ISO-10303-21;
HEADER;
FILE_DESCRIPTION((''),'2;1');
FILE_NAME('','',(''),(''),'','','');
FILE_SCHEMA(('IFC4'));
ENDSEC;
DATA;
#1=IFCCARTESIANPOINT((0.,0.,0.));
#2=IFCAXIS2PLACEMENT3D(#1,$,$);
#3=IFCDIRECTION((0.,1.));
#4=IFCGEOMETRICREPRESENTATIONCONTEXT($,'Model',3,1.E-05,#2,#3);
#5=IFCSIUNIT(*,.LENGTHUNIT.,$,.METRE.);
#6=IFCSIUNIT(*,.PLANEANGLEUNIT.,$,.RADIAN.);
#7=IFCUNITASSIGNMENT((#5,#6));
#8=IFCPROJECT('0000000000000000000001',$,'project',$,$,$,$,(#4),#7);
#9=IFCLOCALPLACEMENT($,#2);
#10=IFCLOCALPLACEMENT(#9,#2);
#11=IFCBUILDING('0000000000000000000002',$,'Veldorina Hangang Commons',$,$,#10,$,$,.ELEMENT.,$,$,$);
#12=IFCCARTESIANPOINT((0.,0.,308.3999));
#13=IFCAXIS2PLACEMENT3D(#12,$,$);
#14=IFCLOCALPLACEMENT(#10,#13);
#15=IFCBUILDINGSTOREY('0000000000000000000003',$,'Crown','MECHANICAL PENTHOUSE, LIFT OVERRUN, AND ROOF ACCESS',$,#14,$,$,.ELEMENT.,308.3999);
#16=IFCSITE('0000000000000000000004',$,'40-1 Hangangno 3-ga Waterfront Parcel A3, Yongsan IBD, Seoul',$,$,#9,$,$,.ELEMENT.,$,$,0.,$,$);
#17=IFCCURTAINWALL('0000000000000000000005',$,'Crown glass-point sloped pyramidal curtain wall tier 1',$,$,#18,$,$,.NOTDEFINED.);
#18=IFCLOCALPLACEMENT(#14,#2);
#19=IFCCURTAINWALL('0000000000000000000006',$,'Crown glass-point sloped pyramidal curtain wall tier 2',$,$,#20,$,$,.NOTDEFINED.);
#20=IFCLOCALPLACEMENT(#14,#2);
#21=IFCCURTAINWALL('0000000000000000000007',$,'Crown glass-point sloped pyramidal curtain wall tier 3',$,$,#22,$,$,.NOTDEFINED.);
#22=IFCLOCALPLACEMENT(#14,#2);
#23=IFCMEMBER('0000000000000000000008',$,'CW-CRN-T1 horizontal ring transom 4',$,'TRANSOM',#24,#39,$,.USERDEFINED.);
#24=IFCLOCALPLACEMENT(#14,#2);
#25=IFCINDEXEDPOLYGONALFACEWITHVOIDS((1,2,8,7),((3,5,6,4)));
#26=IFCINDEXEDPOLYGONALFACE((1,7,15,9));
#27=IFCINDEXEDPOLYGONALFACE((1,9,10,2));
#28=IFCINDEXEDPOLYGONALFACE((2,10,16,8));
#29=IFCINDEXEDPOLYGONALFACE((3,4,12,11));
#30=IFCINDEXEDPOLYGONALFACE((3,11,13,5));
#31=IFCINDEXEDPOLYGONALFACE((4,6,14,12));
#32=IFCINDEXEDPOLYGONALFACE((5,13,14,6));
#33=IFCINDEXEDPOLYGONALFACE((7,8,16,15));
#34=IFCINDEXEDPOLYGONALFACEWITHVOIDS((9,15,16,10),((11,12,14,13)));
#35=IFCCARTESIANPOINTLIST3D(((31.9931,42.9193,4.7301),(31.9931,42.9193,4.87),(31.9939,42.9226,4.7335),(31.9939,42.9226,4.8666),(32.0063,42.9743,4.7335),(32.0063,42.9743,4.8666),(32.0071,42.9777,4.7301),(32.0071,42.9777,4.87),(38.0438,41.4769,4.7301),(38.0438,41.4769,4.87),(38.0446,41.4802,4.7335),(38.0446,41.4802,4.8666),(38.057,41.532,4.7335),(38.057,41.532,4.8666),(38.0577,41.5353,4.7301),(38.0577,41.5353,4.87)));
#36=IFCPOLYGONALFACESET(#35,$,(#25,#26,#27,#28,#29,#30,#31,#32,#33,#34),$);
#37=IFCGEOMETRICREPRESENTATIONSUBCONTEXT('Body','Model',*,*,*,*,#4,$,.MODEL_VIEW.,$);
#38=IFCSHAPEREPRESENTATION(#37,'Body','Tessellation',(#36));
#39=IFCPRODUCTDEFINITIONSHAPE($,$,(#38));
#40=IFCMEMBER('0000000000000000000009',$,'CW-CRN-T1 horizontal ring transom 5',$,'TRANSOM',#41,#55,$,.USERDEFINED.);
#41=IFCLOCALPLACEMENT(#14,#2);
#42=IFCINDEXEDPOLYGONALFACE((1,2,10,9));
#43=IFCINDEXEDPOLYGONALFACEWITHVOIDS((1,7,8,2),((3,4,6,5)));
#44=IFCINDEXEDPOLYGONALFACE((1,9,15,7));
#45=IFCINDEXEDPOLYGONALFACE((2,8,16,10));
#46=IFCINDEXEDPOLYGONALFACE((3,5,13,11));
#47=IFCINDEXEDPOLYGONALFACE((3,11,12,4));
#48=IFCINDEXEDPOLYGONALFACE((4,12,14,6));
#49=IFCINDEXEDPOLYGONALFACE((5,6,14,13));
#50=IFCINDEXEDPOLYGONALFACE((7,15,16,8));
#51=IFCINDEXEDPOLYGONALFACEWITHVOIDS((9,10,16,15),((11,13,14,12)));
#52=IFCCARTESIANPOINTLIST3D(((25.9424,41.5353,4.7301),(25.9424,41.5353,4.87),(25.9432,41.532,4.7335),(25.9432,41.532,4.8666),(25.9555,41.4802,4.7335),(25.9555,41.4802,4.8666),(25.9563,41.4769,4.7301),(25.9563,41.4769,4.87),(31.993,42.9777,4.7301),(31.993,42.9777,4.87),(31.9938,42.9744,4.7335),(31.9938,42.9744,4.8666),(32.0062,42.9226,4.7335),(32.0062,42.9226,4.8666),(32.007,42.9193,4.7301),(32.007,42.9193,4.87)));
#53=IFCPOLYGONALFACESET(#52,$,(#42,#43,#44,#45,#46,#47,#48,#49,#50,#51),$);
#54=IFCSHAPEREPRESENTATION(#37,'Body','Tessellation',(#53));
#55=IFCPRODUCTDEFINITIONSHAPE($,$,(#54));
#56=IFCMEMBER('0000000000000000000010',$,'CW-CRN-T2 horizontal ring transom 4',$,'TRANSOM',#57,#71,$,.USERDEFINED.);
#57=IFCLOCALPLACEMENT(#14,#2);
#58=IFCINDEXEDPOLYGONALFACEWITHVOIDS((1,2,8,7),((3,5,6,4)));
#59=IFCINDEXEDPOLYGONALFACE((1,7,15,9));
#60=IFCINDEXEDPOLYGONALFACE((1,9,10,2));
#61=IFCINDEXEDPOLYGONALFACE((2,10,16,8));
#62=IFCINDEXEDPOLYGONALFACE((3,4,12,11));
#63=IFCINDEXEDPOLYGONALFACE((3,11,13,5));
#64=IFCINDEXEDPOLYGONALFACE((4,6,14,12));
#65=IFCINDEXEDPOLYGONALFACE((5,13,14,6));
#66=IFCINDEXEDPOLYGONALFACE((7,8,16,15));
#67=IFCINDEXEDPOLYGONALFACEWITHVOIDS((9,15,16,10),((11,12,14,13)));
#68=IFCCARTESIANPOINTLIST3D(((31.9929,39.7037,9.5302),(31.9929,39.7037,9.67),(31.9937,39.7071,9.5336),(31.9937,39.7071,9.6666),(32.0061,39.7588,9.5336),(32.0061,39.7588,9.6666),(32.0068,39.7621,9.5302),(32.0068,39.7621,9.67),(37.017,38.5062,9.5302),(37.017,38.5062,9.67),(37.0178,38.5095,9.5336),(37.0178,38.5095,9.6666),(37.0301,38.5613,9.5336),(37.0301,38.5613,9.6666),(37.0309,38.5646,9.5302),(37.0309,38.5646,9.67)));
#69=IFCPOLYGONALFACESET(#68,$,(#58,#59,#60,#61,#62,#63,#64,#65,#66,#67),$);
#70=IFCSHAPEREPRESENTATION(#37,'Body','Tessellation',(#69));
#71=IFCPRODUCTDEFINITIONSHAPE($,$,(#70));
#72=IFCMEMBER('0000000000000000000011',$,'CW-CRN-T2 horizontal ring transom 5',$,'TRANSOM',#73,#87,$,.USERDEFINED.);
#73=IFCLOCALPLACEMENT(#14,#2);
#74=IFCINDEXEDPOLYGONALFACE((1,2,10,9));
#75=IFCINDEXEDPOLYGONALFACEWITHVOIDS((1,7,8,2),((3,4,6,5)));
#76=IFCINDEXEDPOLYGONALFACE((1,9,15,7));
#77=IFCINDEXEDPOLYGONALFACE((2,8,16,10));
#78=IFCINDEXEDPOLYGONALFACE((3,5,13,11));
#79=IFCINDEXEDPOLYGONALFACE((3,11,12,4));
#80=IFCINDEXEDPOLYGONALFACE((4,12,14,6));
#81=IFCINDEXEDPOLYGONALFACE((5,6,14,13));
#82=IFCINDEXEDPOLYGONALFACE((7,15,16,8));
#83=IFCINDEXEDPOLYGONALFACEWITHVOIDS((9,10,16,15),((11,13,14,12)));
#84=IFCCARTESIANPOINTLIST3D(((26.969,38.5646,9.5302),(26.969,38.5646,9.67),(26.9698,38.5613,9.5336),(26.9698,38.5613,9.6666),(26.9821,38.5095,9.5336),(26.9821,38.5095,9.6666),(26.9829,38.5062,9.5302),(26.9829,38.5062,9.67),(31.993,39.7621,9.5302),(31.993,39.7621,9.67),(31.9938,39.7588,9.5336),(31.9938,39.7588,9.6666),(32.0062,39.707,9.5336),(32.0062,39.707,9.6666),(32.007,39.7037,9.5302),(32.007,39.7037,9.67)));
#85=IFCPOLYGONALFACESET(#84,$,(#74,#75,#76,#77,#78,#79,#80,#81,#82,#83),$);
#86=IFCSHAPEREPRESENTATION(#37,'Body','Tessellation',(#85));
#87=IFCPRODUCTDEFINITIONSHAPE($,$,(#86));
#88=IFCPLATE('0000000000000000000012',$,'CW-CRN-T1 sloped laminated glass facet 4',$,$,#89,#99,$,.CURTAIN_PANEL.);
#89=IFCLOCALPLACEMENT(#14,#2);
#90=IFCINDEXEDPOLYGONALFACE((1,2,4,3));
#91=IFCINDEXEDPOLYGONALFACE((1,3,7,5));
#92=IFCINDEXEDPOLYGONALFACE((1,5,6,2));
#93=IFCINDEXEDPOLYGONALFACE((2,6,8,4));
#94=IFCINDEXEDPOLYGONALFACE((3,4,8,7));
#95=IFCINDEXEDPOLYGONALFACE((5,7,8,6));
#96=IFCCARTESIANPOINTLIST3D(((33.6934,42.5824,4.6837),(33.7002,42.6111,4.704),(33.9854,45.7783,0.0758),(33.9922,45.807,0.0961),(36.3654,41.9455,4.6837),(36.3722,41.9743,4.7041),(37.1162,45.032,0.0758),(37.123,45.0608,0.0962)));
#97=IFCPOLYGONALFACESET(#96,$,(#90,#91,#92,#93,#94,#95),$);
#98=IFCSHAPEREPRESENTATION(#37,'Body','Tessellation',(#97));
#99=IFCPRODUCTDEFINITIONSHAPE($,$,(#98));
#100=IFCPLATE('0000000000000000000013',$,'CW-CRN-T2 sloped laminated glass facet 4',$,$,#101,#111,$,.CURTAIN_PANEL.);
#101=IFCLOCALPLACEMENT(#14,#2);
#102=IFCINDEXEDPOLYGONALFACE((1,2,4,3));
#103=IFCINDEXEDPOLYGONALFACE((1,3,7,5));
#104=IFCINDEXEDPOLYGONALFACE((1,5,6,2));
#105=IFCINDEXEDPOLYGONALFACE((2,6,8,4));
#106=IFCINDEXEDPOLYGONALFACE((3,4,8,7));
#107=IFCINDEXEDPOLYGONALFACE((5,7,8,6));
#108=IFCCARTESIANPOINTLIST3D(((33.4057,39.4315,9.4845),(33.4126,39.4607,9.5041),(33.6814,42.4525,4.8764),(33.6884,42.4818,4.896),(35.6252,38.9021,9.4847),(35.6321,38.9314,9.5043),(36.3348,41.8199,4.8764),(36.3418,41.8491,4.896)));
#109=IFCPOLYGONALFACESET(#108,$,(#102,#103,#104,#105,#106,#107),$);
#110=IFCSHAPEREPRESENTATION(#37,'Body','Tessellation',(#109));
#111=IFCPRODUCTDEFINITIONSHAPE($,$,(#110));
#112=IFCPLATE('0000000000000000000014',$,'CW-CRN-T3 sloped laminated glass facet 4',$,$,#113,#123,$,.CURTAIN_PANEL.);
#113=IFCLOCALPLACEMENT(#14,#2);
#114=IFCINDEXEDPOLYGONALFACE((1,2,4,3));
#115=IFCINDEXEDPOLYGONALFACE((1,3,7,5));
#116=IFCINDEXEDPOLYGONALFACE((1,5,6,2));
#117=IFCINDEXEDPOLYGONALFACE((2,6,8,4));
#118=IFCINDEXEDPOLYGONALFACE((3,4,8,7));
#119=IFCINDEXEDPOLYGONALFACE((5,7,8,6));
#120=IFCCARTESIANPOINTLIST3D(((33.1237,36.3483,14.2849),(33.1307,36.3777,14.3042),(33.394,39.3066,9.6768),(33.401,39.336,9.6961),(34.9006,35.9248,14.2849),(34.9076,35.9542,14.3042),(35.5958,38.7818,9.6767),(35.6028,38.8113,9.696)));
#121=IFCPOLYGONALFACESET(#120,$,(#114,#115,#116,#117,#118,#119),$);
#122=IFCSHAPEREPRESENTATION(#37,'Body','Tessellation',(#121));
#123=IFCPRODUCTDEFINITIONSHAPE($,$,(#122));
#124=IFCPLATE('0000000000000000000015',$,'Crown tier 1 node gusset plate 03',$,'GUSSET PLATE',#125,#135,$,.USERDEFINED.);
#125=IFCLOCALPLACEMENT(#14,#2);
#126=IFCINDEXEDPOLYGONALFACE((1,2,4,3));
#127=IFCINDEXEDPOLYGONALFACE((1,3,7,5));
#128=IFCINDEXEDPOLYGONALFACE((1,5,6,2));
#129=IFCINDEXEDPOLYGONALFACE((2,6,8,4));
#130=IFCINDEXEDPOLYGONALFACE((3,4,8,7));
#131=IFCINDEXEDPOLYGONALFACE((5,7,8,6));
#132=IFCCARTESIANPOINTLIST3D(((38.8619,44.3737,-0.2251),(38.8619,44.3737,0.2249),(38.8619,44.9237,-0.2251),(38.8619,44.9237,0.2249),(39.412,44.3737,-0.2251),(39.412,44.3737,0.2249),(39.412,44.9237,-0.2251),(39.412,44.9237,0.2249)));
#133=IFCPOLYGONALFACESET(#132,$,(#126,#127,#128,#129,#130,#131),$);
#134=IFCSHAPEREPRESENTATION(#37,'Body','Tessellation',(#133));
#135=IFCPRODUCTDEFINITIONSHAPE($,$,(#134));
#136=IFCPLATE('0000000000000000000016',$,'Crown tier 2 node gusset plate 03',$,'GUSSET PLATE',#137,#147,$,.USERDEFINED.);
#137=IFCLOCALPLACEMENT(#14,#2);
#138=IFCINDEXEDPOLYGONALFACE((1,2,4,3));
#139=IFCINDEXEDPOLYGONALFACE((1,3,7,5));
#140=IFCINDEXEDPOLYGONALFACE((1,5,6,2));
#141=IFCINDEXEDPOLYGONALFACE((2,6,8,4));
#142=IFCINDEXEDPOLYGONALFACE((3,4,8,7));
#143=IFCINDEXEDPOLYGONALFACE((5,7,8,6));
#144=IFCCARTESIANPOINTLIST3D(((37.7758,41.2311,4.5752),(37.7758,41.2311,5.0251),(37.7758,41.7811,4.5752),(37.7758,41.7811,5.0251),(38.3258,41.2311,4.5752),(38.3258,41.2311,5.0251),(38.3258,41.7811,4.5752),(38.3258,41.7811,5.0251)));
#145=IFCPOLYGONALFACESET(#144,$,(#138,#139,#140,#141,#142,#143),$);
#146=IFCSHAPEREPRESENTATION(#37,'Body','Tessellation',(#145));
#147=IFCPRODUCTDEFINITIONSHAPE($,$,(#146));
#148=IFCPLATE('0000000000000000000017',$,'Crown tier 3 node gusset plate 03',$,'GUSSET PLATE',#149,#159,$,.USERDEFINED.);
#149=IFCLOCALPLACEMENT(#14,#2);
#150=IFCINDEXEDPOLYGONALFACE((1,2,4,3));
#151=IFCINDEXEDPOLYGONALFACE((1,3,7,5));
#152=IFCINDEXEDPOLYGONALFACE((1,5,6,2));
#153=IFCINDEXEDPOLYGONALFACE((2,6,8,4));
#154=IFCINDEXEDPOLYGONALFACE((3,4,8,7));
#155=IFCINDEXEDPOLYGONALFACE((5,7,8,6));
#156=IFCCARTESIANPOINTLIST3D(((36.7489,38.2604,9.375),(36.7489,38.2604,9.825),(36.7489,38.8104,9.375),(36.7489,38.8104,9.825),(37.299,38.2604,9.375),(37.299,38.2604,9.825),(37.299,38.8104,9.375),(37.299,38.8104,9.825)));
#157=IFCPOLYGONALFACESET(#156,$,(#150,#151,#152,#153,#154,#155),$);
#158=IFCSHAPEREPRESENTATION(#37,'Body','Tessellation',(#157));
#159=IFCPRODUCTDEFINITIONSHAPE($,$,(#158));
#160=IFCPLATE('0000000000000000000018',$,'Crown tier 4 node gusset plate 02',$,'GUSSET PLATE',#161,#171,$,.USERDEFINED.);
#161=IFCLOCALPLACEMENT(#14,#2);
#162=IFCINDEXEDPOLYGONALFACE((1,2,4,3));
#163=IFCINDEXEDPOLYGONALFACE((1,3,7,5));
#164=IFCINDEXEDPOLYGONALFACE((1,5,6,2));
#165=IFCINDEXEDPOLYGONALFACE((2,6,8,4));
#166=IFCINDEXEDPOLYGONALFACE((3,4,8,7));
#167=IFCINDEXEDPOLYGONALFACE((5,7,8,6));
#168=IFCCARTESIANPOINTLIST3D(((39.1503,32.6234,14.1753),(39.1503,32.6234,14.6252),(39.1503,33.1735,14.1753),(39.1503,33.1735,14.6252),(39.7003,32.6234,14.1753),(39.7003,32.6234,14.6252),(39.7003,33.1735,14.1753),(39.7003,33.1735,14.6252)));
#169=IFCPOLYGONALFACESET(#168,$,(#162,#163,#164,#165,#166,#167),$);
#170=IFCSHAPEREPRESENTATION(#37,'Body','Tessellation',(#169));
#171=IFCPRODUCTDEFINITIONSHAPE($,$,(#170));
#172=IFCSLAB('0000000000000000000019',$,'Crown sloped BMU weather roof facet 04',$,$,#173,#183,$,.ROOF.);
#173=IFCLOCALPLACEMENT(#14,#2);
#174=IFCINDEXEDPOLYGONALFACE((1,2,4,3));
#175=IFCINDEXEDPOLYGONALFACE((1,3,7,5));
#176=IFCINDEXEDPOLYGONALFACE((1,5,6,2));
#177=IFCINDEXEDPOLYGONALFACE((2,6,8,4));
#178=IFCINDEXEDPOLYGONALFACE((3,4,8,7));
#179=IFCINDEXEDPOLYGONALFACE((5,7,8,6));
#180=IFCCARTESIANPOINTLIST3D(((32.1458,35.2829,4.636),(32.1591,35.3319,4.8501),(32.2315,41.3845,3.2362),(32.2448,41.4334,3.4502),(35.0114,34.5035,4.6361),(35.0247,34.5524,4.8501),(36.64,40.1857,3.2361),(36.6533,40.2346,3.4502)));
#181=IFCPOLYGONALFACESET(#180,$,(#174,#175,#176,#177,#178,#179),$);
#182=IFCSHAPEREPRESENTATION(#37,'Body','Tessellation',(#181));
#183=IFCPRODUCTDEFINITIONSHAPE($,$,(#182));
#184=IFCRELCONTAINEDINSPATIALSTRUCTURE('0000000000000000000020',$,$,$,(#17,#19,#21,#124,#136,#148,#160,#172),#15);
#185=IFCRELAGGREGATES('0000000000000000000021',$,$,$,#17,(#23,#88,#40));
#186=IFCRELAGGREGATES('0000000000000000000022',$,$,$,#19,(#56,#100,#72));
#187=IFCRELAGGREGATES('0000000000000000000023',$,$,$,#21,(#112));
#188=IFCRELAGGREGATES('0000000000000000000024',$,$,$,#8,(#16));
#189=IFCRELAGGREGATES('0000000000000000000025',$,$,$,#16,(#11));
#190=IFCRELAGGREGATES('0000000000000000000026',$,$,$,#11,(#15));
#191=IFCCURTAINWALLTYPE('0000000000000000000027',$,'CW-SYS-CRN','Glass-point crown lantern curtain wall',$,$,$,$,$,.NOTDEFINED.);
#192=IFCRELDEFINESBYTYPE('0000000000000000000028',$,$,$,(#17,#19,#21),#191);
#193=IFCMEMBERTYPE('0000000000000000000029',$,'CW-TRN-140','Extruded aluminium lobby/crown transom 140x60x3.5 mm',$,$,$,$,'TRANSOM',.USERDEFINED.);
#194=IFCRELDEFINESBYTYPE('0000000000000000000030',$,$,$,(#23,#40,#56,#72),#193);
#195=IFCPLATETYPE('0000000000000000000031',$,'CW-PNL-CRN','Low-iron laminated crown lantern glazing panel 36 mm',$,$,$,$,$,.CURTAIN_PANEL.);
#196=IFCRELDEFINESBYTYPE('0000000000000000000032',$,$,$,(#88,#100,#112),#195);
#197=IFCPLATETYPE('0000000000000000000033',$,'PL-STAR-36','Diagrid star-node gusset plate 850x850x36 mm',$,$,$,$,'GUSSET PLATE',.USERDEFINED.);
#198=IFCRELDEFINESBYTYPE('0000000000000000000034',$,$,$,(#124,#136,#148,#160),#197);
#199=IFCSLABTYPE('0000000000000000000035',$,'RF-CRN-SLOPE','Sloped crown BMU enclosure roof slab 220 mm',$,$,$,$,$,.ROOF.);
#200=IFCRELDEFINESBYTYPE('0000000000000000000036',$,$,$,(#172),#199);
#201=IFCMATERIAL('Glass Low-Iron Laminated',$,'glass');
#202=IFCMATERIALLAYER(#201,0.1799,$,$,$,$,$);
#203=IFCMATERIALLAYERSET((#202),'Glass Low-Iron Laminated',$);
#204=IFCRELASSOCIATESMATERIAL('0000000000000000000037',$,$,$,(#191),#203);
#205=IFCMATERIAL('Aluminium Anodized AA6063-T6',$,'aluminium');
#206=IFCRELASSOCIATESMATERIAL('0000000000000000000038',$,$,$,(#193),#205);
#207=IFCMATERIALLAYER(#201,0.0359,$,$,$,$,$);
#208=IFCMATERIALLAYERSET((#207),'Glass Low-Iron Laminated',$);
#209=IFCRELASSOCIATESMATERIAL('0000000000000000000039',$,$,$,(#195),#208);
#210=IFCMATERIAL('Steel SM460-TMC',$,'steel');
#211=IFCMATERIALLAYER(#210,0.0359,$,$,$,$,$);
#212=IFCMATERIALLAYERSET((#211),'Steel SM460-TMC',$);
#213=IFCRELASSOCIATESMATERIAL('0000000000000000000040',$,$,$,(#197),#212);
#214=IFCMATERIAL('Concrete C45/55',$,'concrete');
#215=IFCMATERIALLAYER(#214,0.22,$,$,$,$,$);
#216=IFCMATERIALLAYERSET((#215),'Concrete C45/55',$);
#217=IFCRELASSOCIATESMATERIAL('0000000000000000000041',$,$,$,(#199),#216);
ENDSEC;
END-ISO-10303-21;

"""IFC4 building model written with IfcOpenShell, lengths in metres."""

from ifc_helpers import new_model, si_unit, direction, frame, origin, origin_2d, place, context, subcontext, project, spatial, polyline, rectangle, hollow_rectangle, outline, extrude, material, layer, layer_set, material_profile, profile_set, type_object, element, aggregate, save


model = new_model("IFC4")

# Units and contexts
model_context = context("Model", 3, precision=1e-05, world=origin(), true_north=direction((0.0, 1.0)))
body_context = subcontext(model_context, "Body", "Model", "MODEL_VIEW")
ifc_project = project(units=[si_unit("LENGTHUNIT", "METRE"), si_unit("PLANEANGLEUNIT", "RADIAN")], contexts=[model_context])

# Site, building, storey
site_placement = place(None, origin())
site = spatial("IfcSite", under=ifc_project, at=site_placement, Name="40-1 Hangangno 3-ga Waterfront Parcel A3, Yongsan IBD, Seoul", CompositionType="ELEMENT", RefElevation=0.0)
building_placement = place(site_placement, origin())
building = spatial("IfcBuilding", under=site, at=building_placement, Name="Veldorina Hangang Commons", CompositionType="ELEMENT")
storey_placement = place(building_placement, frame((0.0, 0.0, 308.3999)))
storey = spatial("IfcBuildingStorey", under=building, at=storey_placement, Name="Crown", Description="MECHANICAL PENTHOUSE, LIFT OVERRUN, AND ROOF ACCESS", CompositionType="ELEMENT", Elevation=308.3999)

# Shared definitions
ifc_material_1 = material(Name="Steel SM460-TMC", Category="steel")

# Curtain walls
ifc_material_2 = material(Name="Glass Low-Iron Laminated", Category="glass")
ifc_layer_1 = layer(ifc_material_2, 0.1799)
ifc_layer_set_1 = layer_set([ifc_layer_1], Name="Glass Low-Iron Laminated")
curtain_wall_type = type_object("IfcCurtainWallType", Name="CW-SYS-CRN", Description="Glass-point crown lantern curtain wall", PredefinedType="NOTDEFINED", material=ifc_layer_set_1)
curtain_wall_1_placement = place(storey_placement, origin())
curtain_wall_1 = element("IfcCurtainWall", 1, at=curtain_wall_1_placement, inside=storey, type_object=curtain_wall_type, Name="Crown glass-point sloped pyramidal curtain wall tier 1", PredefinedType="NOTDEFINED")
ifc_material_3 = material(Name="Aluminium Anodized AA6063-T6", Category="aluminium")
curtain_wall_2_placement = place(storey_placement, origin())
curtain_wall_2 = element("IfcCurtainWall", 2, at=curtain_wall_2_placement, inside=storey, type_object=curtain_wall_type, Name="Crown glass-point sloped pyramidal curtain wall tier 2", PredefinedType="NOTDEFINED")

# Curtain wall
curtain_wall_3_placement = place(storey_placement, origin())
curtain_wall_3 = element("IfcCurtainWall", 3, at=curtain_wall_3_placement, inside=storey, type_object=curtain_wall_type, Name="Crown glass-point sloped pyramidal curtain wall tier 3", PredefinedType="NOTDEFINED")

# Members
ifc_material_profile_1 = material_profile(ifc_material_3, hollow_rectangle(XDim=0.0601, YDim=0.1399, WallThickness=0.0034, at=origin_2d()), Name="ALU-RHS-140x60x3.5")
ifc_profile_set_1 = profile_set([ifc_material_profile_1], Name="Aluminium Anodized AA6063-T6")
member_type_1 = type_object("IfcMemberType", Name="CW-TRN-140", Description="Extruded aluminium lobby/crown transom 140x60x3.5 mm", ElementType="TRANSOM", PredefinedType="USERDEFINED", material=ifc_profile_set_1)
member_1_placement = place(storey_placement, frame((38.0508, 41.5061, 4.8), z_axis=(-0.972744, 0.231882, 0.0), x_axis=(-0.231882, -0.972744, 0.0)))
member_1 = element("IfcMember", 4, at=member_1_placement, type_object=member_type_1, Name="CW-CRN-T1 horizontal ring transom 4", ObjectType="TRANSOM", PredefinedType="USERDEFINED", context=body_context, shape_type="SweptSolid", body=[
    extrude(hollow_rectangle(XDim=0.0601, YDim=0.1399, WallThickness=0.0034, at=origin_2d()), origin(), (0.0, 0.0, 1.0), 6.2202),
])
member_2_placement = place(storey_placement, frame((32.0, 42.9485, 4.8), z_axis=(-0.972744, -0.231882, 0.0), x_axis=(0.231882, -0.972744, 0.0)))
member_2 = element("IfcMember", 5, at=member_2_placement, type_object=member_type_1, Name="CW-CRN-T1 horizontal ring transom 5", ObjectType="TRANSOM", PredefinedType="USERDEFINED", context=body_context, shape_type="SweptSolid", body=[
    extrude(hollow_rectangle(XDim=0.0601, YDim=0.1399, WallThickness=0.0034, at=origin_2d()), origin(), (0.0, 0.0, 1.0), 6.2202),
])
member_3_placement = place(storey_placement, frame((37.0239, 38.5354, 9.6001), z_axis=(-0.972748, 0.231865, 0.0), x_axis=(-0.231865, -0.972748, 0.0)))
member_3 = element("IfcMember", 6, at=member_3_placement, type_object=member_type_1, Name="CW-CRN-T2 horizontal ring transom 4", ObjectType="TRANSOM", PredefinedType="USERDEFINED", context=body_context, shape_type="SweptSolid", body=[
    extrude(hollow_rectangle(XDim=0.0601, YDim=0.1399, WallThickness=0.0034, at=origin_2d()), origin(), (0.0, 0.0, 1.0), 5.1648),
])
member_4_placement = place(storey_placement, frame((32.0, 39.7329, 9.6001), z_axis=(-0.972748, -0.231865, 0.0), x_axis=(0.231865, -0.972748, 0.0)))
member_4 = element("IfcMember", 7, at=member_4_placement, type_object=member_type_1, Name="CW-CRN-T2 horizontal ring transom 5", ObjectType="TRANSOM", PredefinedType="USERDEFINED", context=body_context, shape_type="SweptSolid", body=[
    extrude(hollow_rectangle(XDim=0.0601, YDim=0.1399, WallThickness=0.0034, at=origin_2d()), origin(), (0.0, 0.0, 1.0), 5.1648),
])

# Plates
ifc_layer_2 = layer(ifc_material_2, 0.0359)
ifc_layer_set_2 = layer_set([ifc_layer_2], Name="Glass Low-Iron Laminated")
plate_type_1 = type_object("IfcPlateType", Name="CW-PNL-CRN", Description="Low-iron laminated crown lantern glazing panel 36 mm", PredefinedType="CURTAIN_PANEL", material=ifc_layer_set_2)
plate_1_placement = place(storey_placement, frame((37.123, 45.0608, 0.0962), z_axis=(0.190881, 0.800893, 0.56757), x_axis=(-0.97275, 0.231855, -0.00002)))
plate_1 = element("IfcPlate", 8, at=plate_1_placement, type_object=plate_type_1, Name="CW-CRN-T1 sloped laminated glass facet 4", PredefinedType="CURTAIN_PANEL", context=body_context, shape_type="SweptSolid", body=[
    extrude(outline(polyline([(0.0, 0.0), (3.2185, 0.0), (2.7615, 5.5967), (0.0146, 5.5967), (0.0, 0.0)])), origin(), (0.0, 0.0, -1.0), 0.0359),
])
aggregate(curtain_wall_1, [member_1, plate_1, member_2])
plate_2_placement = place(storey_placement, frame((36.3418, 41.8491, 4.896), z_axis=(0.194323, 0.814983, 0.545932), x_axis=(-0.972733, 0.231928, 0.000014)))
plate_2 = element("IfcPlate", 9, at=plate_2_placement, type_object=plate_type_1, Name="CW-CRN-T2 sloped laminated glass facet 4", PredefinedType="CURTAIN_PANEL", context=body_context, shape_type="SweptSolid", body=[
    extrude(outline(polyline([(0.0, 0.0), (2.7278, 0.0), (2.2954, 5.5), (0.0137, 5.5002), (0.0, 0.0)])), origin(), (0.0, 0.0, -1.0), 0.0359),
])
aggregate(curtain_wall_2, [member_3, plate_2, member_4])
plate_3_placement = place(storey_placement, frame((35.6028, 38.8113, 9.696), z_axis=(0.195447, 0.820034, 0.537908), x_axis=(-0.972755, 0.231836, 0.000017)))
plate_3 = element("IfcPlate", 10, at=plate_3_placement, type_object=plate_type_1, Name="CW-CRN-T3 sloped laminated glass facet 4", PredefinedType="CURTAIN_PANEL", context=body_context, shape_type="SweptSolid", body=[
    extrude(outline(polyline([(0.0, 0.0), (2.2634, 0.0), (1.8406, 5.4663), (0.0139, 5.4663), (0.0, 0.0)])), origin(), (0.0, 0.0, -1.0), 0.0359),
])
aggregate(curtain_wall_3, [plate_3])

# Plates
ifc_layer_3 = layer(ifc_material_1, 0.0359)
ifc_layer_set_3 = layer_set([ifc_layer_3], Name="Steel SM460-TMC")
plate_type_2 = type_object("IfcPlateType", Name="PL-STAR-36", Description="Diagrid star-node gusset plate 850x850x36 mm", ElementType="GUSSET PLATE", PredefinedType="USERDEFINED", material=ifc_layer_set_3)
for number, where, z_axis, x_axis, name in (
    (11, (39.137, 44.6487, -0.2251), (0.0, 0.0, 1.0), (1.0, 0.0, 0.0), "Crown tier 1 node gusset plate 03"),
    (12, (38.0508, 41.5061, 4.5752), (0.0, 0.0, 1.0), (1.0, 0.0, 0.0), "Crown tier 2 node gusset plate 03"),
    (13, (37.0239, 38.5354, 9.375), (0.0, 0.0, 1.0), (1.0, 0.0, 0.0), "Crown tier 3 node gusset plate 03"),
    (14, (39.4253, 32.8984, 14.1753), (0.0, 0.0, 1.0), (1.0, 0.0, 0.0), "Crown tier 4 node gusset plate 02"),
):
    element("IfcPlate", number, at=place(storey_placement, frame(where, z_axis=z_axis, x_axis=x_axis)), inside=storey, type_object=plate_type_2, Name=name, ObjectType="GUSSET PLATE", PredefinedType="USERDEFINED", context=body_context, shape_type="SweptSolid", body=[
        extrude(rectangle(XDim=0.55, YDim=0.55, at=origin_2d()), origin(), (0.0, 0.0, 1.0), 0.45),
    ])

# Slab
ifc_material_4 = material(Name="Concrete C45/55", Category="concrete")
ifc_layer_4 = layer(ifc_material_4, 0.22)
ifc_layer_set_4 = layer_set([ifc_layer_4], Name="Concrete C45/55")
slab_type = type_object("IfcSlabType", Name="RF-CRN-SLOPE", Description="Sloped crown BMU enclosure roof slab 220 mm", PredefinedType="ROOF", material=ifc_layer_set_4)
slab_placement = place(storey_placement, frame((36.6533, 40.2346, 3.4502), z_axis=(0.060479, 0.222404, 0.973077), x_axis=(-0.964962, 0.26239, 0.000004)))
element("IfcSlab", 15, at=slab_placement, inside=storey, type_object=slab_type, Name="Crown sloped BMU weather roof facet 04", PredefinedType="ROOF", context=body_context, shape_type="SweptSolid", body=[
    extrude(outline(polyline([(0.0, 0.0), (4.5686, 0.0), (3.0503, 6.0737), (0.0806, 6.074), (0.0, 0.0)])), origin(), (0.0, 0.0, -1.0), 0.22),
])

save(model, "model.ifc")
